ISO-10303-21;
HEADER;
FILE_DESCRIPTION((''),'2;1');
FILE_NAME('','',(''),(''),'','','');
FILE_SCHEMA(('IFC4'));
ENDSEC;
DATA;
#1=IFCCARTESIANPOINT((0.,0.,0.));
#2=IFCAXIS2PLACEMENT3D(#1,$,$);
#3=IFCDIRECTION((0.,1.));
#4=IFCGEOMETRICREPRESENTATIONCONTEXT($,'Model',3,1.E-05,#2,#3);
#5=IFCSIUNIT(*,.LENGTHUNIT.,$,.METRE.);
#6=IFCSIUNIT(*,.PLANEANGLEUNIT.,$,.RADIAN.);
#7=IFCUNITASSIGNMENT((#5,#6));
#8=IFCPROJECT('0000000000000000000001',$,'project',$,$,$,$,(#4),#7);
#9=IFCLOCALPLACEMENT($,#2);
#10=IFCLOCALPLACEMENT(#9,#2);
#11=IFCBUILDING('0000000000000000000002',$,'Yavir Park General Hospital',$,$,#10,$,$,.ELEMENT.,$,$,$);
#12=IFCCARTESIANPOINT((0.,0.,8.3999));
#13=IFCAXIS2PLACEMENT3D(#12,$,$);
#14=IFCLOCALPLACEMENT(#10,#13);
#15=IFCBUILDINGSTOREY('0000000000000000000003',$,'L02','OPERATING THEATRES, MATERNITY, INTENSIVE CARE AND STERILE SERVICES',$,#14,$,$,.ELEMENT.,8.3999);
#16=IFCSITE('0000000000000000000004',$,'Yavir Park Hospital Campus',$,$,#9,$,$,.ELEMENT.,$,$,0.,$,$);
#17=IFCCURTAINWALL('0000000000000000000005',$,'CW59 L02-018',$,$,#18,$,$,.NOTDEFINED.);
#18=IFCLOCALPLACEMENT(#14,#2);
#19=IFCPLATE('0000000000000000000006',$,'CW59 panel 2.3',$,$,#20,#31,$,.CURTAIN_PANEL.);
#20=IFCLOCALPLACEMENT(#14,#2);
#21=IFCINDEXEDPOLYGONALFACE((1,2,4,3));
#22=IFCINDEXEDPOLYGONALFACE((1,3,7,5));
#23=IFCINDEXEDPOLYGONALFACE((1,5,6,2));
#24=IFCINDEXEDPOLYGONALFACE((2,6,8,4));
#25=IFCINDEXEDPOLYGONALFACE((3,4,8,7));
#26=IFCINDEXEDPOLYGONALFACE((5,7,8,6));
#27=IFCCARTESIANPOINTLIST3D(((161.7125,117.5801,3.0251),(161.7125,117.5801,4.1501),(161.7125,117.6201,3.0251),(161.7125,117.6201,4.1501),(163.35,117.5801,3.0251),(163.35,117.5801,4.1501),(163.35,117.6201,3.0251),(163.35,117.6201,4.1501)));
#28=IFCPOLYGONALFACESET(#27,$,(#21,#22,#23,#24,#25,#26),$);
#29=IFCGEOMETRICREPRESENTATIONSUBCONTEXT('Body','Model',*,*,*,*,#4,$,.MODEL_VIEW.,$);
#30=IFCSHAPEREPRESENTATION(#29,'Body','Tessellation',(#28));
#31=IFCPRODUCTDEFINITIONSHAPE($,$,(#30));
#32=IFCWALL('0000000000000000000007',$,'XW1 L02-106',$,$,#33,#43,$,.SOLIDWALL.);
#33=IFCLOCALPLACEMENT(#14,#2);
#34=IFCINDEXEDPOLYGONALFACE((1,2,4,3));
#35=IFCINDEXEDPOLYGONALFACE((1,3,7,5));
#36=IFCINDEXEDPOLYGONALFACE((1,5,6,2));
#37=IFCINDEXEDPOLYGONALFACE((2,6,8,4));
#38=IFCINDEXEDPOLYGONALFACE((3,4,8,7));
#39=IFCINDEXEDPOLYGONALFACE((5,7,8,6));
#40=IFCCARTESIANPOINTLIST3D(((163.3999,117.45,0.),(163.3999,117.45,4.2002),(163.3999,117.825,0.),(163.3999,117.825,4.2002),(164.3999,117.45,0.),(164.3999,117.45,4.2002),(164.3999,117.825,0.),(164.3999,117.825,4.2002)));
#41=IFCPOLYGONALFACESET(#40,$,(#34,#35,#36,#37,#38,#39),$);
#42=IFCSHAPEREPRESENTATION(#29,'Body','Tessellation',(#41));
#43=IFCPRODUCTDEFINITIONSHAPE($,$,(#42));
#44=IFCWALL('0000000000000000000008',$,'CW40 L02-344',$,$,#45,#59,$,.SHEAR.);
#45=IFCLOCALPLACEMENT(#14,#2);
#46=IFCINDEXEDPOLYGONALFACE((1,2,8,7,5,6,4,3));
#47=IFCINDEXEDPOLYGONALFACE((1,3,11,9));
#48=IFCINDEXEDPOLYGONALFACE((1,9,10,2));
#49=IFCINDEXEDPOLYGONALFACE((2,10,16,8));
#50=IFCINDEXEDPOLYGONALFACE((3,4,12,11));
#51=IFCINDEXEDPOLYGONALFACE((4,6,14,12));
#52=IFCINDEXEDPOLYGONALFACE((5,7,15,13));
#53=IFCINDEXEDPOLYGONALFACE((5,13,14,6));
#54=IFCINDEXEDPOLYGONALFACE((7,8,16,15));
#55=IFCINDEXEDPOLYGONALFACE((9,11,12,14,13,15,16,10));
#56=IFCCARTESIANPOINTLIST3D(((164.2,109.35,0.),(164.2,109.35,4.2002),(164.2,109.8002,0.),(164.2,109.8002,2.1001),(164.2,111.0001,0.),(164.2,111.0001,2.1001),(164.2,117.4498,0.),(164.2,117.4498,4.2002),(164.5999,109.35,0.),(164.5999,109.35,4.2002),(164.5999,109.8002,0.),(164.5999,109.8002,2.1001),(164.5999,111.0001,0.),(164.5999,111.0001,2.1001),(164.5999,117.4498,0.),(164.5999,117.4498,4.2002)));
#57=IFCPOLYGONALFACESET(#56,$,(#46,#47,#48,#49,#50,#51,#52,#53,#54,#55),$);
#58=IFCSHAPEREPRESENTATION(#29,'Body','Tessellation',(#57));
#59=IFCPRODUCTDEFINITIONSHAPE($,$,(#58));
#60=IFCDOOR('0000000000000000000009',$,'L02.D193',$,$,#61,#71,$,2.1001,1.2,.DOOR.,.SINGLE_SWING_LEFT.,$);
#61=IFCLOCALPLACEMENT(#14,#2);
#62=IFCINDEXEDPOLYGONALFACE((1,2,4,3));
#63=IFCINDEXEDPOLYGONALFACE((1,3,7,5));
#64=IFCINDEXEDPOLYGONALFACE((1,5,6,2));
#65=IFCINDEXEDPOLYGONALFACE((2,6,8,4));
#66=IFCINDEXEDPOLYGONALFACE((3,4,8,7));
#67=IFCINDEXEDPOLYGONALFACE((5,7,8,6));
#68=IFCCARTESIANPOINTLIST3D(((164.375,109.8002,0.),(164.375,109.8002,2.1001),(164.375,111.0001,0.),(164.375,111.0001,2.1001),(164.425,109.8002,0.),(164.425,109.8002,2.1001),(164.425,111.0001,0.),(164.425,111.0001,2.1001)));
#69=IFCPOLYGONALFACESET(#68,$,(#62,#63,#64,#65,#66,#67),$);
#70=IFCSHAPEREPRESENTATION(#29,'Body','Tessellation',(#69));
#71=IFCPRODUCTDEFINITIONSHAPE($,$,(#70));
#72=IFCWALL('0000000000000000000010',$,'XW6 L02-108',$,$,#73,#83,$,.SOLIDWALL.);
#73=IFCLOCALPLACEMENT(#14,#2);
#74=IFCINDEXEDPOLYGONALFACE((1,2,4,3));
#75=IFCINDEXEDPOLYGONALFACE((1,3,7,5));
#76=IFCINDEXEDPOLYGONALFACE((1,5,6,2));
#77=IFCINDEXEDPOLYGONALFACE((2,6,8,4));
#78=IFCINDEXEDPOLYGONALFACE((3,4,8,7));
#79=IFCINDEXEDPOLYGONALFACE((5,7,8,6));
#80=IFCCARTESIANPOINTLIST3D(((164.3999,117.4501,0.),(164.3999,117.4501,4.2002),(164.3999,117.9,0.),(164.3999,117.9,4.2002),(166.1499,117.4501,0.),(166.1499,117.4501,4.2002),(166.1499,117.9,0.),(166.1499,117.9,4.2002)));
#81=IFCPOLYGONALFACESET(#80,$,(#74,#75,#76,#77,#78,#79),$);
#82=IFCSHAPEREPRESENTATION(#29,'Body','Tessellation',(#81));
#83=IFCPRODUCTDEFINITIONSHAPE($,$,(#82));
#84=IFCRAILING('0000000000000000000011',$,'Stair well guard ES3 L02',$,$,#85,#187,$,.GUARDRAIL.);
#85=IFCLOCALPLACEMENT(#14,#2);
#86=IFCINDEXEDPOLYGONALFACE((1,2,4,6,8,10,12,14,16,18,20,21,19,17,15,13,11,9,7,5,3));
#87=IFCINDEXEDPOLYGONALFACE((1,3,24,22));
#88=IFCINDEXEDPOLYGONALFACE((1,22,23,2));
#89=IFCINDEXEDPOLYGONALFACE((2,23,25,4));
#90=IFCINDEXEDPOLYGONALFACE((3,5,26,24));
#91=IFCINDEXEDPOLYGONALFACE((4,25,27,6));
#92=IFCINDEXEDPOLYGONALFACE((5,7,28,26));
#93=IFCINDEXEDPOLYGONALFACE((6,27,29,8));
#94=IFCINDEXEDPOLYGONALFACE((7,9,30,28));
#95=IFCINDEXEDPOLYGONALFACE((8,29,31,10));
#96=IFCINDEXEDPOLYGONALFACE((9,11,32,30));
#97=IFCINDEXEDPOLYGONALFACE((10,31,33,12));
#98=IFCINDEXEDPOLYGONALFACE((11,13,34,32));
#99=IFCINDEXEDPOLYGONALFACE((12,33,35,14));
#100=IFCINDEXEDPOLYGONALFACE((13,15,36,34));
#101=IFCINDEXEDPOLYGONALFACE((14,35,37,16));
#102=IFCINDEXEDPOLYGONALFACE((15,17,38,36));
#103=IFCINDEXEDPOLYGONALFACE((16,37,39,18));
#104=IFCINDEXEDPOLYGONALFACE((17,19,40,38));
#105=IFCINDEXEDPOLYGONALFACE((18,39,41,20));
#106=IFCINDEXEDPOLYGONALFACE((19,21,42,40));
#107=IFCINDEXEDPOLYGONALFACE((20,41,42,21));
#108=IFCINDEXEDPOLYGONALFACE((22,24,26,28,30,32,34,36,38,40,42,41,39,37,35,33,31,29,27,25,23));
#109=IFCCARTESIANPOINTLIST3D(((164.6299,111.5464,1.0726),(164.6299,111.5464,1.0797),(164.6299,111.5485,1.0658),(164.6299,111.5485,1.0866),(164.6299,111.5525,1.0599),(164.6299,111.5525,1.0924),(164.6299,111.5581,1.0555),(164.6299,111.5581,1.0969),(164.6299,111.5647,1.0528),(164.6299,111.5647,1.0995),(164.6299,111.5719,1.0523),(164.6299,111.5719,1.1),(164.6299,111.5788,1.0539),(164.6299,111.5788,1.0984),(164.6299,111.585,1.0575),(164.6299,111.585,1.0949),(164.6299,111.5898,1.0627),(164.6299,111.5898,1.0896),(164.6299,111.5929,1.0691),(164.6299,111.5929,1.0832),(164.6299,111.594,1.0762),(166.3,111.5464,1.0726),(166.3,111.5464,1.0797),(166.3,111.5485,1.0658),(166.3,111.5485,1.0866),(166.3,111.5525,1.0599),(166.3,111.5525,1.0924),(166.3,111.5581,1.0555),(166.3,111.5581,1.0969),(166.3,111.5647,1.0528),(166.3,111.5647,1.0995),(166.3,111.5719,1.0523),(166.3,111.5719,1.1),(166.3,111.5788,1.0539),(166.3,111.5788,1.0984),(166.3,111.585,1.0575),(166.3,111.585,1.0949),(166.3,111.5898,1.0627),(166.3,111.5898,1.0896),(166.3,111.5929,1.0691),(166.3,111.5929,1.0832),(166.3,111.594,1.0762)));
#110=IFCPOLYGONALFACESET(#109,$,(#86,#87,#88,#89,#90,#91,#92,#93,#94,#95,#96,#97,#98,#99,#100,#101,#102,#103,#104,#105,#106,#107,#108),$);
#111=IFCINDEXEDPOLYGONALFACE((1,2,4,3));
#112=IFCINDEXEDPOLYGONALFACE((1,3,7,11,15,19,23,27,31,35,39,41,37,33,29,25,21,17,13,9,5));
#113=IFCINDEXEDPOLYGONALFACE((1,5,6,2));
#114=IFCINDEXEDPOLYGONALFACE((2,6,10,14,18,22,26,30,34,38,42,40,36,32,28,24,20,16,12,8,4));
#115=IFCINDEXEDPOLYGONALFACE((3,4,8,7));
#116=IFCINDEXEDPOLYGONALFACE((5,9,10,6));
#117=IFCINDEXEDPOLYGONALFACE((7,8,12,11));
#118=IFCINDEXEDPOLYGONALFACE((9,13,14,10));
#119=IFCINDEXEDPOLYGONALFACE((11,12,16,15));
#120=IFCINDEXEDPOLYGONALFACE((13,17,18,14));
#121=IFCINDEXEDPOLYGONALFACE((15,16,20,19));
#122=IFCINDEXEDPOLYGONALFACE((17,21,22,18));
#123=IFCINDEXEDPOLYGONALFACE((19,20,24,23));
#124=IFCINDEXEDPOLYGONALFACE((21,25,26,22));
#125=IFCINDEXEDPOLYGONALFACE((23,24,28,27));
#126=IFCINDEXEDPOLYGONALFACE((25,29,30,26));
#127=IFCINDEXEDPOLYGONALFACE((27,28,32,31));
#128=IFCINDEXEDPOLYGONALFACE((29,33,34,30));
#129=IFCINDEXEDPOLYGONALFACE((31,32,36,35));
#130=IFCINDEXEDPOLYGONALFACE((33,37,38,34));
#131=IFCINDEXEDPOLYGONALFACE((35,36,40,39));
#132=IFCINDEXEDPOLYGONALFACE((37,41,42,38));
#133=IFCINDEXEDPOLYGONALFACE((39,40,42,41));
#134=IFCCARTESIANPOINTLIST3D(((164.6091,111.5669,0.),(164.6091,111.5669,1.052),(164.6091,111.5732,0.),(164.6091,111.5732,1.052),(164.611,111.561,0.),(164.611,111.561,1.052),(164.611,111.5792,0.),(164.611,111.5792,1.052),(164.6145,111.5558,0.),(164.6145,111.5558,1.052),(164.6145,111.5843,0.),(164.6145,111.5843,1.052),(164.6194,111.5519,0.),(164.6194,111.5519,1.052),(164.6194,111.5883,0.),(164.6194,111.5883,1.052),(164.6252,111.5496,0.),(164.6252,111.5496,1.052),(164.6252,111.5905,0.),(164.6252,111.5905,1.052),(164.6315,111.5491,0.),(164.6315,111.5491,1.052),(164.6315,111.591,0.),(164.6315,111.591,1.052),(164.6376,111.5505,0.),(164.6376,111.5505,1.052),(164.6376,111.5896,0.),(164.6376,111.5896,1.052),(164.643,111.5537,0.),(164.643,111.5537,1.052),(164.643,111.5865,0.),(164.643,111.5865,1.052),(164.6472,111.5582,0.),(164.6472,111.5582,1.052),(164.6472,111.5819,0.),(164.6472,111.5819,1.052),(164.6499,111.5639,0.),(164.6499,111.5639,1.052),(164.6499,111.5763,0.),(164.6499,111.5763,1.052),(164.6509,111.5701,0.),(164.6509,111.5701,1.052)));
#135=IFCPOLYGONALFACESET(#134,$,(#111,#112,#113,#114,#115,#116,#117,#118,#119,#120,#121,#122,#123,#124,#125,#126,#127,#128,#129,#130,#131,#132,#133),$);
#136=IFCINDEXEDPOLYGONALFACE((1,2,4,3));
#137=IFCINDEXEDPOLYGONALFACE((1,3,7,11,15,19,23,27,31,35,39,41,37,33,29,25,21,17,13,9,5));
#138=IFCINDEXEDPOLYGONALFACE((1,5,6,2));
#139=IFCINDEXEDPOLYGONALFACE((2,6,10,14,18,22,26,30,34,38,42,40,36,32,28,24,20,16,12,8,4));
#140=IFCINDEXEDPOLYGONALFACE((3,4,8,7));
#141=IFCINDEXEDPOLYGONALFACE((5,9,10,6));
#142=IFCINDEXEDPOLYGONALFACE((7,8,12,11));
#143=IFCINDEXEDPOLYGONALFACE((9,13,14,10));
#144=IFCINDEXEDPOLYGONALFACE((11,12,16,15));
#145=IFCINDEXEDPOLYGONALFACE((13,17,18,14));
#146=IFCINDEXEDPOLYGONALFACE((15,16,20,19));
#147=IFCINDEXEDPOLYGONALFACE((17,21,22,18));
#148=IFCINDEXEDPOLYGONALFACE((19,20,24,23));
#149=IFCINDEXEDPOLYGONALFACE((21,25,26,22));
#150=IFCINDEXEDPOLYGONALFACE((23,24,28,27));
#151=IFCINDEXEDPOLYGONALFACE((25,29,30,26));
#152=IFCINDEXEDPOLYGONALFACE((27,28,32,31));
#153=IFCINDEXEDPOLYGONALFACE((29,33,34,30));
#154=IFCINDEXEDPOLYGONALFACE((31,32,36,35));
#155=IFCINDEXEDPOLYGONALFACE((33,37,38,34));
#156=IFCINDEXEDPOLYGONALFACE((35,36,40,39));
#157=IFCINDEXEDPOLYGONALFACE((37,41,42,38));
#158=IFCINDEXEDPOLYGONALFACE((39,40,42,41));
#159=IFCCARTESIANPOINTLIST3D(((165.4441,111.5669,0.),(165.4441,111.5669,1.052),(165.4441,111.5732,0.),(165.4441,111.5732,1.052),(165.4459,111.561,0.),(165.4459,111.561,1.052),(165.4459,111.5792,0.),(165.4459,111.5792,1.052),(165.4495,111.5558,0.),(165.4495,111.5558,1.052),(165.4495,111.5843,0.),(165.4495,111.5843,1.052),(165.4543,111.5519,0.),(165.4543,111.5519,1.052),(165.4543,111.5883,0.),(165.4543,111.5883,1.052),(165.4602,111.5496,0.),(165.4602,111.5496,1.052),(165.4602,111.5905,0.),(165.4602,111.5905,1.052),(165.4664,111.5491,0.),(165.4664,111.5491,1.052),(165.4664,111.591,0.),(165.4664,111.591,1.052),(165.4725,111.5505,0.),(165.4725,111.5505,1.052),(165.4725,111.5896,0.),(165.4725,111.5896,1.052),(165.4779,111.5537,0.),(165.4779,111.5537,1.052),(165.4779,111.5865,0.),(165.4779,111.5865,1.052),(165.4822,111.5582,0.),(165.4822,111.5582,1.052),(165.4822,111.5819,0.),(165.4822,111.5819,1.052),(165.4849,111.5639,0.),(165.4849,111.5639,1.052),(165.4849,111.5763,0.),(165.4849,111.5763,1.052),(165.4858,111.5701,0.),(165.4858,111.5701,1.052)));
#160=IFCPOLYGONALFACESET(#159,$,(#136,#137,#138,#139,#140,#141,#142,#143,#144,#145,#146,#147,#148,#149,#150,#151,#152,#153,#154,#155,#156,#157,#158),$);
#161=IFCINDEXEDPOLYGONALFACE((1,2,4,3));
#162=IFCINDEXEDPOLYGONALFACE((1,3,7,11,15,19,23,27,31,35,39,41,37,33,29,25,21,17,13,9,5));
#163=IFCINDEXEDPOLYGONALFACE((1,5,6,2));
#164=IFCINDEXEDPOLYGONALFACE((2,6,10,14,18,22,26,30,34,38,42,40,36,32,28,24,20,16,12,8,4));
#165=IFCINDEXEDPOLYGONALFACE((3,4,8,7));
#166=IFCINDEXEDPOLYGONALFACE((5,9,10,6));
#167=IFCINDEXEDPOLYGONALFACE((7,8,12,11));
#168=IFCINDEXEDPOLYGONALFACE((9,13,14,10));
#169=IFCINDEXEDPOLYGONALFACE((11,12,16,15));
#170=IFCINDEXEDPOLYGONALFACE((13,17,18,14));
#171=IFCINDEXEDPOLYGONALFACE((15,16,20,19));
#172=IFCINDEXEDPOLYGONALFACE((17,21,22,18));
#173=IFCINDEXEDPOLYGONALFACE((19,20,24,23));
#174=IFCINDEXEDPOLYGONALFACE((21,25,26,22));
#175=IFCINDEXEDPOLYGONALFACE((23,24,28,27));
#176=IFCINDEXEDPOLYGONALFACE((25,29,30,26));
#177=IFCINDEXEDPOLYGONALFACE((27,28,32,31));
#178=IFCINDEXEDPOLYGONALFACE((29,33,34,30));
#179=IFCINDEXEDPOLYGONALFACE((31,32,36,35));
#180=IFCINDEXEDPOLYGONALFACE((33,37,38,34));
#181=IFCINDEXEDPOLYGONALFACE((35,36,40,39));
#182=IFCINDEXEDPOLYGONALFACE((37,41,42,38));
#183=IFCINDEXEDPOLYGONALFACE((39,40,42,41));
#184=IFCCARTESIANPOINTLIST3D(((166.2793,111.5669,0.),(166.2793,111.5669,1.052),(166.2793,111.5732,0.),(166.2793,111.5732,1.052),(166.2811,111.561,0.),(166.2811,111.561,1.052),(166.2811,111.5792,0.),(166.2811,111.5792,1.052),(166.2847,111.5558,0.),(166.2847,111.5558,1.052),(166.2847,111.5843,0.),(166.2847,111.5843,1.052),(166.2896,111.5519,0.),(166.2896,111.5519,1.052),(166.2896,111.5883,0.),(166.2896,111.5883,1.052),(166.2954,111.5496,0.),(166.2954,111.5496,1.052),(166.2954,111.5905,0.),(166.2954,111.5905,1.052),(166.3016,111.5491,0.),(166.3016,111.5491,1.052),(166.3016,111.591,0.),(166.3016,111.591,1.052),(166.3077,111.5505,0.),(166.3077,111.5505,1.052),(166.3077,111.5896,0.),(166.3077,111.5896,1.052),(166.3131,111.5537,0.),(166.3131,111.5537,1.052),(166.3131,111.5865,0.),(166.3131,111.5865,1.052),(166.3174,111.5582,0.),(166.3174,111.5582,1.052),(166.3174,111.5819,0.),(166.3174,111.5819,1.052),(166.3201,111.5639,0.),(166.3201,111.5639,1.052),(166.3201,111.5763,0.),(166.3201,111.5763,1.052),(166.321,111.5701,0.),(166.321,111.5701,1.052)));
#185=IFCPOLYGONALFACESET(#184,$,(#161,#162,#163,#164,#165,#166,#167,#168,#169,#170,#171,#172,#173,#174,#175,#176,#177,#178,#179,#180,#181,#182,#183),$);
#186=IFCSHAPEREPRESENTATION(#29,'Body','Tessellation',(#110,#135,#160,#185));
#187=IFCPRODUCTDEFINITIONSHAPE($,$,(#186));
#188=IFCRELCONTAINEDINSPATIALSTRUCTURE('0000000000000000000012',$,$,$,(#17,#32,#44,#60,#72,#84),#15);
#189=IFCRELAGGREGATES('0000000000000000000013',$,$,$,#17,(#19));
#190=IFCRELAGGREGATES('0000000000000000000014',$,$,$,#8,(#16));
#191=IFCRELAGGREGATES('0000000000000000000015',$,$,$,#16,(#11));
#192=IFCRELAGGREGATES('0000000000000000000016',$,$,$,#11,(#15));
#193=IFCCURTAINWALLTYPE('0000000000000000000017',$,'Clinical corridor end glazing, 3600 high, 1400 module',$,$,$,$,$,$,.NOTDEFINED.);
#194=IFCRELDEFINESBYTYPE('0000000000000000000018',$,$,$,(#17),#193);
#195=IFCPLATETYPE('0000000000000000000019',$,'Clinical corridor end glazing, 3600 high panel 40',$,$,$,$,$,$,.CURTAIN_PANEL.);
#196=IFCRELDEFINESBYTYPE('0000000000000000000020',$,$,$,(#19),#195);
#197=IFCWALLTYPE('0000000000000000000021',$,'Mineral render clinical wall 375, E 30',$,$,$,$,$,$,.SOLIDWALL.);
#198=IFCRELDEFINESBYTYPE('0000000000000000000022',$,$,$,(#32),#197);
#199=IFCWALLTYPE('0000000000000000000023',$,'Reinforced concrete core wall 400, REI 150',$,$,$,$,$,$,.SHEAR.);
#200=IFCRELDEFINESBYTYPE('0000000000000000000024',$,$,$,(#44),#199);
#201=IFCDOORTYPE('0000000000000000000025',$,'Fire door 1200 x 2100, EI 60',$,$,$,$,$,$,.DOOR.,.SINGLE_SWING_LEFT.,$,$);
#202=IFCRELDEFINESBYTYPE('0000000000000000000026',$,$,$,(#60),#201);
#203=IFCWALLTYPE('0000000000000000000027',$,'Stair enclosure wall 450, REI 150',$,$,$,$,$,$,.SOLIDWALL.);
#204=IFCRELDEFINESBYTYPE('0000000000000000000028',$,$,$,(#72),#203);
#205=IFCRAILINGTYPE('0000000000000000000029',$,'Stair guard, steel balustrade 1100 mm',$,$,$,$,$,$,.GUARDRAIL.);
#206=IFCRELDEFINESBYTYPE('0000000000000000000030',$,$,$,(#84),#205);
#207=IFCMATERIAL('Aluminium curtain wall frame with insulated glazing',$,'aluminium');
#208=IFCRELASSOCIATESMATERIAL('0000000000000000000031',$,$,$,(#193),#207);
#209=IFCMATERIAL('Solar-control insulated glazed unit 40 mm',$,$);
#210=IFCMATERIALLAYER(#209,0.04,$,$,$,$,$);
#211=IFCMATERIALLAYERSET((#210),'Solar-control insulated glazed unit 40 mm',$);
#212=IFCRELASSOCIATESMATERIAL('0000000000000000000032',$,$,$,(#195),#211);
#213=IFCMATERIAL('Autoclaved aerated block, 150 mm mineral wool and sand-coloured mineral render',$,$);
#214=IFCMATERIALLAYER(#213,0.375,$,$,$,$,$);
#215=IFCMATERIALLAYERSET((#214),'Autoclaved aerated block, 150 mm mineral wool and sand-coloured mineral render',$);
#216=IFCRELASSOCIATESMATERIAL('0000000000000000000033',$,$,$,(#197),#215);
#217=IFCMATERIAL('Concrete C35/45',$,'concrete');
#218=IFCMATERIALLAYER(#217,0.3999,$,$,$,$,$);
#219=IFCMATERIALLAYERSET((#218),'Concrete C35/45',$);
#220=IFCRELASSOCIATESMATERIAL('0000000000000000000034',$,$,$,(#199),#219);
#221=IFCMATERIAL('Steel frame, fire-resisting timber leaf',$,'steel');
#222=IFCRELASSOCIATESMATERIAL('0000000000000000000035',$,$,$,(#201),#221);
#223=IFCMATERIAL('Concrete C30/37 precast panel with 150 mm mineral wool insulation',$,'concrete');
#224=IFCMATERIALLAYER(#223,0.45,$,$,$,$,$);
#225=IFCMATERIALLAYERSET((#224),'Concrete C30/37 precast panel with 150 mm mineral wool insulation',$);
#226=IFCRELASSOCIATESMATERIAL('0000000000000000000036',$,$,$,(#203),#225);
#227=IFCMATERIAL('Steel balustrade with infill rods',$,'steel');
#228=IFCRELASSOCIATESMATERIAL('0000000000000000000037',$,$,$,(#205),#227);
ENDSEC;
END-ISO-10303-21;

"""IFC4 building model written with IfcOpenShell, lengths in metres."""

from ifc_helpers import new_model, si_unit, direction, frame, frame_2d, origin, origin_2d, place, context, subcontext, project, spatial, rectangle, circle, extrude, material, layer, layer_set, type_object, element, fill, aggregate, save


model = new_model("IFC4")

# Units and contexts
model_context = context("Model", 3, precision=1e-05, world=origin(), true_north=direction((0.0, 1.0)))
body_context = subcontext(model_context, "Body", "Model", "MODEL_VIEW")
ifc_project = project(units=[si_unit("LENGTHUNIT", "METRE"), si_unit("PLANEANGLEUNIT", "RADIAN")], contexts=[model_context])

# Site, building, storey
site_placement = place(None, origin())
site = spatial("IfcSite", under=ifc_project, at=site_placement, Name="Yavir Park Hospital Campus", CompositionType="ELEMENT", RefElevation=0.0)
building_placement = place(site_placement, origin())
building = spatial("IfcBuilding", under=site, at=building_placement, Name="Yavir Park General Hospital", CompositionType="ELEMENT")
storey_placement = place(building_placement, frame((0.0, 0.0, 8.3999)))
storey = spatial("IfcBuildingStorey", under=building, at=storey_placement, Name="L02", Description="OPERATING THEATRES, MATERNITY, INTENSIVE CARE AND STERILE SERVICES", CompositionType="ELEMENT", Elevation=8.3999)

# Curtain wall, plate
ifc_material_1 = material(Name="Aluminium curtain wall frame with insulated glazing", Category="aluminium")
curtain_wall_type = type_object("IfcCurtainWallType", Name="Clinical corridor end glazing, 3600 high, 1400 module", PredefinedType="NOTDEFINED", material=ifc_material_1)
curtain_wall_placement = place(storey_placement, origin())
curtain_wall = element("IfcCurtainWall", 1, at=curtain_wall_placement, inside=storey, type_object=curtain_wall_type, Name="CW59 L02-018", PredefinedType="NOTDEFINED")
ifc_material_2 = material(Name="Solar-control insulated glazed unit 40 mm")
ifc_layer_1 = layer(ifc_material_2, 0.04)
ifc_layer_set_1 = layer_set([ifc_layer_1], Name="Solar-control insulated glazed unit 40 mm")
plate_type = type_object("IfcPlateType", Name="Clinical corridor end glazing, 3600 high panel 40", PredefinedType="CURTAIN_PANEL", material=ifc_layer_set_1)
plate_1_placement = place(storey_placement, frame((162.5312, 117.6001, 3.0251), z_axis=(0.0, 0.0, 1.0), x_axis=(1.0, 0.0, 0.0)))
plate_1 = element("IfcPlate", 2, at=plate_1_placement, type_object=plate_type, Name="CW59 panel 2.3", PredefinedType="CURTAIN_PANEL", context=body_context, shape_type="SweptSolid", body=[
    extrude(rectangle(XDim=1.6375, YDim=0.04, at=origin_2d()), origin(), (0.0, 0.0, 1.0), 1.125),
])
aggregate(curtain_wall, [plate_1])

# Wall
ifc_material_3 = material(Name="Autoclaved aerated block, 150 mm mineral wool and sand-coloured mineral render")
ifc_layer_2 = layer(ifc_material_3, 0.375)
ifc_layer_set_2 = layer_set([ifc_layer_2], Name="Autoclaved aerated block, 150 mm mineral wool and sand-coloured mineral render")
wall_type_1 = type_object("IfcWallType", Name="Mineral render clinical wall 375, E 30", PredefinedType="SOLIDWALL", material=ifc_layer_set_2)
wall_1_placement = place(storey_placement, frame((163.3999, 117.6375, 0.0), z_axis=(0.0, 0.0, 1.0), x_axis=(1.0, 0.0, 0.0)))
element("IfcWall", 3, at=wall_1_placement, inside=storey, type_object=wall_type_1, Name="XW1 L02-106", PredefinedType="SOLIDWALL", context=body_context, shape_type="SweptSolid", body=[
    extrude(rectangle(XDim=1.0, YDim=0.375, at=frame_2d((0.5, 0.0))), origin(), (0.0, 0.0, 1.0), 4.2002),
])

# Wall, opening, door
ifc_material_4 = material(Name="Concrete C35/45", Category="concrete")
ifc_layer_3 = layer(ifc_material_4, 0.3999)
ifc_layer_set_3 = layer_set([ifc_layer_3], Name="Concrete C35/45")
wall_type_2 = type_object("IfcWallType", Name="Reinforced concrete core wall 400, REI 150", PredefinedType="SHEAR", material=ifc_layer_set_3)
wall_2_placement = place(storey_placement, frame((164.3999, 109.3501, 0.0), z_axis=(0.0, 0.0, 1.0), x_axis=(0.0, 1.0, 0.0)))
wall_2 = element("IfcWall", 4, at=wall_2_placement, inside=storey, type_object=wall_type_2, Name="CW40 L02-344", PredefinedType="SHEAR", context=body_context, shape_type="SweptSolid", body=[
    extrude(rectangle(XDim=8.0999, YDim=0.3999, at=frame_2d((4.0498, 0.0))), origin(), (0.0, 0.0, 1.0), 4.2002),
])
opening_placement = place(wall_2_placement, frame((0.45, 0.0, 0.0)))
opening = element("IfcOpeningElement", 5, at=opening_placement, cuts=wall_2, PredefinedType="OPENING", context=body_context, shape_type="SweptSolid", body=[
    extrude(rectangle(XDim=1.2, YDim=2.1001, at=frame_2d((0.6001, 1.05))), frame((0.0, 0.21, 0.0), z_axis=(0.0, -1.0, 0.0), x_axis=(1.0, 0.0, 0.0)), (0.0, 0.0, 1.0), 0.4199),
])
ifc_material_5 = material(Name="Steel frame, fire-resisting timber leaf", Category="steel")
door_type = type_object("IfcDoorType", Name="Fire door 1200 x 2100, EI 60", OperationType="SINGLE_SWING_LEFT", PredefinedType="DOOR", material=ifc_material_5)
door_placement = place(opening_placement, origin())
door = element("IfcDoor", 6, at=door_placement, inside=storey, type_object=door_type, Name="L02.D193", OperationType="SINGLE_SWING_LEFT", OverallHeight=2.1001, OverallWidth=1.2, PredefinedType="DOOR", context=body_context, shape_type="SweptSolid", body=[
    extrude(rectangle(XDim=1.2, YDim=2.1001, at=frame_2d((0.6001, 1.05))), frame((0.0, 0.0249, 0.0), z_axis=(0.0, -1.0, 0.0), x_axis=(1.0, 0.0, 0.0)), (0.0, 0.0, 1.0), 0.05),
])
fill(opening, door)

# Wall
ifc_material_6 = material(Name="Concrete C30/37 precast panel with 150 mm mineral wool insulation", Category="concrete")
ifc_layer_4 = layer(ifc_material_6, 0.45)
ifc_layer_set_4 = layer_set([ifc_layer_4], Name="Concrete C30/37 precast panel with 150 mm mineral wool insulation")
wall_type_3 = type_object("IfcWallType", Name="Stair enclosure wall 450, REI 150", PredefinedType="SOLIDWALL", material=ifc_layer_set_4)
wall_3_placement = place(storey_placement, frame((164.3999, 117.675, 0.0), z_axis=(0.0, 0.0, 1.0), x_axis=(1.0, 0.0, 0.0)))
element("IfcWall", 7, at=wall_3_placement, inside=storey, type_object=wall_type_3, Name="XW6 L02-108", PredefinedType="SOLIDWALL", context=body_context, shape_type="SweptSolid", body=[
    extrude(rectangle(XDim=1.75, YDim=0.45, at=frame_2d((0.875, 0.0))), origin(), (0.0, 0.0, 1.0), 4.2002),
])

# Railing
ifc_material_7 = material(Name="Steel balustrade with infill rods", Category="steel")
railing_type = type_object("IfcRailingType", Name="Stair guard, steel balustrade 1100 mm", PredefinedType="GUARDRAIL", material=ifc_material_7)
railing_placement = place(storey_placement, frame((164.6299, 111.5701, 0.0)))
element("IfcRailing", 8, at=railing_placement, inside=storey, type_object=railing_type, Name="Stair well guard ES3 L02", PredefinedType="GUARDRAIL", context=body_context, shape_type="SweptSolid", body=[
    extrude(circle(Radius=0.0239, at=origin_2d()), frame((0.0, 0.0, 1.0762), z_axis=(1.0, 0.0, 0.0), x_axis=(0.0, 1.0, 0.0)), (0.0, 0.0, 1.0), 1.6702),
    extrude(circle(Radius=0.021, at=origin_2d()), origin(), (0.0, 0.0, 1.0), 1.052),
    extrude(circle(Radius=0.021, at=origin_2d()), frame((0.835, 0.0, 0.0)), (0.0, 0.0, 1.0), 1.052),
    extrude(circle(Radius=0.021, at=origin_2d()), frame((1.6702, 0.0, 0.0)), (0.0, 0.0, 1.0), 1.052),
])

save(model, "model.ifc")
